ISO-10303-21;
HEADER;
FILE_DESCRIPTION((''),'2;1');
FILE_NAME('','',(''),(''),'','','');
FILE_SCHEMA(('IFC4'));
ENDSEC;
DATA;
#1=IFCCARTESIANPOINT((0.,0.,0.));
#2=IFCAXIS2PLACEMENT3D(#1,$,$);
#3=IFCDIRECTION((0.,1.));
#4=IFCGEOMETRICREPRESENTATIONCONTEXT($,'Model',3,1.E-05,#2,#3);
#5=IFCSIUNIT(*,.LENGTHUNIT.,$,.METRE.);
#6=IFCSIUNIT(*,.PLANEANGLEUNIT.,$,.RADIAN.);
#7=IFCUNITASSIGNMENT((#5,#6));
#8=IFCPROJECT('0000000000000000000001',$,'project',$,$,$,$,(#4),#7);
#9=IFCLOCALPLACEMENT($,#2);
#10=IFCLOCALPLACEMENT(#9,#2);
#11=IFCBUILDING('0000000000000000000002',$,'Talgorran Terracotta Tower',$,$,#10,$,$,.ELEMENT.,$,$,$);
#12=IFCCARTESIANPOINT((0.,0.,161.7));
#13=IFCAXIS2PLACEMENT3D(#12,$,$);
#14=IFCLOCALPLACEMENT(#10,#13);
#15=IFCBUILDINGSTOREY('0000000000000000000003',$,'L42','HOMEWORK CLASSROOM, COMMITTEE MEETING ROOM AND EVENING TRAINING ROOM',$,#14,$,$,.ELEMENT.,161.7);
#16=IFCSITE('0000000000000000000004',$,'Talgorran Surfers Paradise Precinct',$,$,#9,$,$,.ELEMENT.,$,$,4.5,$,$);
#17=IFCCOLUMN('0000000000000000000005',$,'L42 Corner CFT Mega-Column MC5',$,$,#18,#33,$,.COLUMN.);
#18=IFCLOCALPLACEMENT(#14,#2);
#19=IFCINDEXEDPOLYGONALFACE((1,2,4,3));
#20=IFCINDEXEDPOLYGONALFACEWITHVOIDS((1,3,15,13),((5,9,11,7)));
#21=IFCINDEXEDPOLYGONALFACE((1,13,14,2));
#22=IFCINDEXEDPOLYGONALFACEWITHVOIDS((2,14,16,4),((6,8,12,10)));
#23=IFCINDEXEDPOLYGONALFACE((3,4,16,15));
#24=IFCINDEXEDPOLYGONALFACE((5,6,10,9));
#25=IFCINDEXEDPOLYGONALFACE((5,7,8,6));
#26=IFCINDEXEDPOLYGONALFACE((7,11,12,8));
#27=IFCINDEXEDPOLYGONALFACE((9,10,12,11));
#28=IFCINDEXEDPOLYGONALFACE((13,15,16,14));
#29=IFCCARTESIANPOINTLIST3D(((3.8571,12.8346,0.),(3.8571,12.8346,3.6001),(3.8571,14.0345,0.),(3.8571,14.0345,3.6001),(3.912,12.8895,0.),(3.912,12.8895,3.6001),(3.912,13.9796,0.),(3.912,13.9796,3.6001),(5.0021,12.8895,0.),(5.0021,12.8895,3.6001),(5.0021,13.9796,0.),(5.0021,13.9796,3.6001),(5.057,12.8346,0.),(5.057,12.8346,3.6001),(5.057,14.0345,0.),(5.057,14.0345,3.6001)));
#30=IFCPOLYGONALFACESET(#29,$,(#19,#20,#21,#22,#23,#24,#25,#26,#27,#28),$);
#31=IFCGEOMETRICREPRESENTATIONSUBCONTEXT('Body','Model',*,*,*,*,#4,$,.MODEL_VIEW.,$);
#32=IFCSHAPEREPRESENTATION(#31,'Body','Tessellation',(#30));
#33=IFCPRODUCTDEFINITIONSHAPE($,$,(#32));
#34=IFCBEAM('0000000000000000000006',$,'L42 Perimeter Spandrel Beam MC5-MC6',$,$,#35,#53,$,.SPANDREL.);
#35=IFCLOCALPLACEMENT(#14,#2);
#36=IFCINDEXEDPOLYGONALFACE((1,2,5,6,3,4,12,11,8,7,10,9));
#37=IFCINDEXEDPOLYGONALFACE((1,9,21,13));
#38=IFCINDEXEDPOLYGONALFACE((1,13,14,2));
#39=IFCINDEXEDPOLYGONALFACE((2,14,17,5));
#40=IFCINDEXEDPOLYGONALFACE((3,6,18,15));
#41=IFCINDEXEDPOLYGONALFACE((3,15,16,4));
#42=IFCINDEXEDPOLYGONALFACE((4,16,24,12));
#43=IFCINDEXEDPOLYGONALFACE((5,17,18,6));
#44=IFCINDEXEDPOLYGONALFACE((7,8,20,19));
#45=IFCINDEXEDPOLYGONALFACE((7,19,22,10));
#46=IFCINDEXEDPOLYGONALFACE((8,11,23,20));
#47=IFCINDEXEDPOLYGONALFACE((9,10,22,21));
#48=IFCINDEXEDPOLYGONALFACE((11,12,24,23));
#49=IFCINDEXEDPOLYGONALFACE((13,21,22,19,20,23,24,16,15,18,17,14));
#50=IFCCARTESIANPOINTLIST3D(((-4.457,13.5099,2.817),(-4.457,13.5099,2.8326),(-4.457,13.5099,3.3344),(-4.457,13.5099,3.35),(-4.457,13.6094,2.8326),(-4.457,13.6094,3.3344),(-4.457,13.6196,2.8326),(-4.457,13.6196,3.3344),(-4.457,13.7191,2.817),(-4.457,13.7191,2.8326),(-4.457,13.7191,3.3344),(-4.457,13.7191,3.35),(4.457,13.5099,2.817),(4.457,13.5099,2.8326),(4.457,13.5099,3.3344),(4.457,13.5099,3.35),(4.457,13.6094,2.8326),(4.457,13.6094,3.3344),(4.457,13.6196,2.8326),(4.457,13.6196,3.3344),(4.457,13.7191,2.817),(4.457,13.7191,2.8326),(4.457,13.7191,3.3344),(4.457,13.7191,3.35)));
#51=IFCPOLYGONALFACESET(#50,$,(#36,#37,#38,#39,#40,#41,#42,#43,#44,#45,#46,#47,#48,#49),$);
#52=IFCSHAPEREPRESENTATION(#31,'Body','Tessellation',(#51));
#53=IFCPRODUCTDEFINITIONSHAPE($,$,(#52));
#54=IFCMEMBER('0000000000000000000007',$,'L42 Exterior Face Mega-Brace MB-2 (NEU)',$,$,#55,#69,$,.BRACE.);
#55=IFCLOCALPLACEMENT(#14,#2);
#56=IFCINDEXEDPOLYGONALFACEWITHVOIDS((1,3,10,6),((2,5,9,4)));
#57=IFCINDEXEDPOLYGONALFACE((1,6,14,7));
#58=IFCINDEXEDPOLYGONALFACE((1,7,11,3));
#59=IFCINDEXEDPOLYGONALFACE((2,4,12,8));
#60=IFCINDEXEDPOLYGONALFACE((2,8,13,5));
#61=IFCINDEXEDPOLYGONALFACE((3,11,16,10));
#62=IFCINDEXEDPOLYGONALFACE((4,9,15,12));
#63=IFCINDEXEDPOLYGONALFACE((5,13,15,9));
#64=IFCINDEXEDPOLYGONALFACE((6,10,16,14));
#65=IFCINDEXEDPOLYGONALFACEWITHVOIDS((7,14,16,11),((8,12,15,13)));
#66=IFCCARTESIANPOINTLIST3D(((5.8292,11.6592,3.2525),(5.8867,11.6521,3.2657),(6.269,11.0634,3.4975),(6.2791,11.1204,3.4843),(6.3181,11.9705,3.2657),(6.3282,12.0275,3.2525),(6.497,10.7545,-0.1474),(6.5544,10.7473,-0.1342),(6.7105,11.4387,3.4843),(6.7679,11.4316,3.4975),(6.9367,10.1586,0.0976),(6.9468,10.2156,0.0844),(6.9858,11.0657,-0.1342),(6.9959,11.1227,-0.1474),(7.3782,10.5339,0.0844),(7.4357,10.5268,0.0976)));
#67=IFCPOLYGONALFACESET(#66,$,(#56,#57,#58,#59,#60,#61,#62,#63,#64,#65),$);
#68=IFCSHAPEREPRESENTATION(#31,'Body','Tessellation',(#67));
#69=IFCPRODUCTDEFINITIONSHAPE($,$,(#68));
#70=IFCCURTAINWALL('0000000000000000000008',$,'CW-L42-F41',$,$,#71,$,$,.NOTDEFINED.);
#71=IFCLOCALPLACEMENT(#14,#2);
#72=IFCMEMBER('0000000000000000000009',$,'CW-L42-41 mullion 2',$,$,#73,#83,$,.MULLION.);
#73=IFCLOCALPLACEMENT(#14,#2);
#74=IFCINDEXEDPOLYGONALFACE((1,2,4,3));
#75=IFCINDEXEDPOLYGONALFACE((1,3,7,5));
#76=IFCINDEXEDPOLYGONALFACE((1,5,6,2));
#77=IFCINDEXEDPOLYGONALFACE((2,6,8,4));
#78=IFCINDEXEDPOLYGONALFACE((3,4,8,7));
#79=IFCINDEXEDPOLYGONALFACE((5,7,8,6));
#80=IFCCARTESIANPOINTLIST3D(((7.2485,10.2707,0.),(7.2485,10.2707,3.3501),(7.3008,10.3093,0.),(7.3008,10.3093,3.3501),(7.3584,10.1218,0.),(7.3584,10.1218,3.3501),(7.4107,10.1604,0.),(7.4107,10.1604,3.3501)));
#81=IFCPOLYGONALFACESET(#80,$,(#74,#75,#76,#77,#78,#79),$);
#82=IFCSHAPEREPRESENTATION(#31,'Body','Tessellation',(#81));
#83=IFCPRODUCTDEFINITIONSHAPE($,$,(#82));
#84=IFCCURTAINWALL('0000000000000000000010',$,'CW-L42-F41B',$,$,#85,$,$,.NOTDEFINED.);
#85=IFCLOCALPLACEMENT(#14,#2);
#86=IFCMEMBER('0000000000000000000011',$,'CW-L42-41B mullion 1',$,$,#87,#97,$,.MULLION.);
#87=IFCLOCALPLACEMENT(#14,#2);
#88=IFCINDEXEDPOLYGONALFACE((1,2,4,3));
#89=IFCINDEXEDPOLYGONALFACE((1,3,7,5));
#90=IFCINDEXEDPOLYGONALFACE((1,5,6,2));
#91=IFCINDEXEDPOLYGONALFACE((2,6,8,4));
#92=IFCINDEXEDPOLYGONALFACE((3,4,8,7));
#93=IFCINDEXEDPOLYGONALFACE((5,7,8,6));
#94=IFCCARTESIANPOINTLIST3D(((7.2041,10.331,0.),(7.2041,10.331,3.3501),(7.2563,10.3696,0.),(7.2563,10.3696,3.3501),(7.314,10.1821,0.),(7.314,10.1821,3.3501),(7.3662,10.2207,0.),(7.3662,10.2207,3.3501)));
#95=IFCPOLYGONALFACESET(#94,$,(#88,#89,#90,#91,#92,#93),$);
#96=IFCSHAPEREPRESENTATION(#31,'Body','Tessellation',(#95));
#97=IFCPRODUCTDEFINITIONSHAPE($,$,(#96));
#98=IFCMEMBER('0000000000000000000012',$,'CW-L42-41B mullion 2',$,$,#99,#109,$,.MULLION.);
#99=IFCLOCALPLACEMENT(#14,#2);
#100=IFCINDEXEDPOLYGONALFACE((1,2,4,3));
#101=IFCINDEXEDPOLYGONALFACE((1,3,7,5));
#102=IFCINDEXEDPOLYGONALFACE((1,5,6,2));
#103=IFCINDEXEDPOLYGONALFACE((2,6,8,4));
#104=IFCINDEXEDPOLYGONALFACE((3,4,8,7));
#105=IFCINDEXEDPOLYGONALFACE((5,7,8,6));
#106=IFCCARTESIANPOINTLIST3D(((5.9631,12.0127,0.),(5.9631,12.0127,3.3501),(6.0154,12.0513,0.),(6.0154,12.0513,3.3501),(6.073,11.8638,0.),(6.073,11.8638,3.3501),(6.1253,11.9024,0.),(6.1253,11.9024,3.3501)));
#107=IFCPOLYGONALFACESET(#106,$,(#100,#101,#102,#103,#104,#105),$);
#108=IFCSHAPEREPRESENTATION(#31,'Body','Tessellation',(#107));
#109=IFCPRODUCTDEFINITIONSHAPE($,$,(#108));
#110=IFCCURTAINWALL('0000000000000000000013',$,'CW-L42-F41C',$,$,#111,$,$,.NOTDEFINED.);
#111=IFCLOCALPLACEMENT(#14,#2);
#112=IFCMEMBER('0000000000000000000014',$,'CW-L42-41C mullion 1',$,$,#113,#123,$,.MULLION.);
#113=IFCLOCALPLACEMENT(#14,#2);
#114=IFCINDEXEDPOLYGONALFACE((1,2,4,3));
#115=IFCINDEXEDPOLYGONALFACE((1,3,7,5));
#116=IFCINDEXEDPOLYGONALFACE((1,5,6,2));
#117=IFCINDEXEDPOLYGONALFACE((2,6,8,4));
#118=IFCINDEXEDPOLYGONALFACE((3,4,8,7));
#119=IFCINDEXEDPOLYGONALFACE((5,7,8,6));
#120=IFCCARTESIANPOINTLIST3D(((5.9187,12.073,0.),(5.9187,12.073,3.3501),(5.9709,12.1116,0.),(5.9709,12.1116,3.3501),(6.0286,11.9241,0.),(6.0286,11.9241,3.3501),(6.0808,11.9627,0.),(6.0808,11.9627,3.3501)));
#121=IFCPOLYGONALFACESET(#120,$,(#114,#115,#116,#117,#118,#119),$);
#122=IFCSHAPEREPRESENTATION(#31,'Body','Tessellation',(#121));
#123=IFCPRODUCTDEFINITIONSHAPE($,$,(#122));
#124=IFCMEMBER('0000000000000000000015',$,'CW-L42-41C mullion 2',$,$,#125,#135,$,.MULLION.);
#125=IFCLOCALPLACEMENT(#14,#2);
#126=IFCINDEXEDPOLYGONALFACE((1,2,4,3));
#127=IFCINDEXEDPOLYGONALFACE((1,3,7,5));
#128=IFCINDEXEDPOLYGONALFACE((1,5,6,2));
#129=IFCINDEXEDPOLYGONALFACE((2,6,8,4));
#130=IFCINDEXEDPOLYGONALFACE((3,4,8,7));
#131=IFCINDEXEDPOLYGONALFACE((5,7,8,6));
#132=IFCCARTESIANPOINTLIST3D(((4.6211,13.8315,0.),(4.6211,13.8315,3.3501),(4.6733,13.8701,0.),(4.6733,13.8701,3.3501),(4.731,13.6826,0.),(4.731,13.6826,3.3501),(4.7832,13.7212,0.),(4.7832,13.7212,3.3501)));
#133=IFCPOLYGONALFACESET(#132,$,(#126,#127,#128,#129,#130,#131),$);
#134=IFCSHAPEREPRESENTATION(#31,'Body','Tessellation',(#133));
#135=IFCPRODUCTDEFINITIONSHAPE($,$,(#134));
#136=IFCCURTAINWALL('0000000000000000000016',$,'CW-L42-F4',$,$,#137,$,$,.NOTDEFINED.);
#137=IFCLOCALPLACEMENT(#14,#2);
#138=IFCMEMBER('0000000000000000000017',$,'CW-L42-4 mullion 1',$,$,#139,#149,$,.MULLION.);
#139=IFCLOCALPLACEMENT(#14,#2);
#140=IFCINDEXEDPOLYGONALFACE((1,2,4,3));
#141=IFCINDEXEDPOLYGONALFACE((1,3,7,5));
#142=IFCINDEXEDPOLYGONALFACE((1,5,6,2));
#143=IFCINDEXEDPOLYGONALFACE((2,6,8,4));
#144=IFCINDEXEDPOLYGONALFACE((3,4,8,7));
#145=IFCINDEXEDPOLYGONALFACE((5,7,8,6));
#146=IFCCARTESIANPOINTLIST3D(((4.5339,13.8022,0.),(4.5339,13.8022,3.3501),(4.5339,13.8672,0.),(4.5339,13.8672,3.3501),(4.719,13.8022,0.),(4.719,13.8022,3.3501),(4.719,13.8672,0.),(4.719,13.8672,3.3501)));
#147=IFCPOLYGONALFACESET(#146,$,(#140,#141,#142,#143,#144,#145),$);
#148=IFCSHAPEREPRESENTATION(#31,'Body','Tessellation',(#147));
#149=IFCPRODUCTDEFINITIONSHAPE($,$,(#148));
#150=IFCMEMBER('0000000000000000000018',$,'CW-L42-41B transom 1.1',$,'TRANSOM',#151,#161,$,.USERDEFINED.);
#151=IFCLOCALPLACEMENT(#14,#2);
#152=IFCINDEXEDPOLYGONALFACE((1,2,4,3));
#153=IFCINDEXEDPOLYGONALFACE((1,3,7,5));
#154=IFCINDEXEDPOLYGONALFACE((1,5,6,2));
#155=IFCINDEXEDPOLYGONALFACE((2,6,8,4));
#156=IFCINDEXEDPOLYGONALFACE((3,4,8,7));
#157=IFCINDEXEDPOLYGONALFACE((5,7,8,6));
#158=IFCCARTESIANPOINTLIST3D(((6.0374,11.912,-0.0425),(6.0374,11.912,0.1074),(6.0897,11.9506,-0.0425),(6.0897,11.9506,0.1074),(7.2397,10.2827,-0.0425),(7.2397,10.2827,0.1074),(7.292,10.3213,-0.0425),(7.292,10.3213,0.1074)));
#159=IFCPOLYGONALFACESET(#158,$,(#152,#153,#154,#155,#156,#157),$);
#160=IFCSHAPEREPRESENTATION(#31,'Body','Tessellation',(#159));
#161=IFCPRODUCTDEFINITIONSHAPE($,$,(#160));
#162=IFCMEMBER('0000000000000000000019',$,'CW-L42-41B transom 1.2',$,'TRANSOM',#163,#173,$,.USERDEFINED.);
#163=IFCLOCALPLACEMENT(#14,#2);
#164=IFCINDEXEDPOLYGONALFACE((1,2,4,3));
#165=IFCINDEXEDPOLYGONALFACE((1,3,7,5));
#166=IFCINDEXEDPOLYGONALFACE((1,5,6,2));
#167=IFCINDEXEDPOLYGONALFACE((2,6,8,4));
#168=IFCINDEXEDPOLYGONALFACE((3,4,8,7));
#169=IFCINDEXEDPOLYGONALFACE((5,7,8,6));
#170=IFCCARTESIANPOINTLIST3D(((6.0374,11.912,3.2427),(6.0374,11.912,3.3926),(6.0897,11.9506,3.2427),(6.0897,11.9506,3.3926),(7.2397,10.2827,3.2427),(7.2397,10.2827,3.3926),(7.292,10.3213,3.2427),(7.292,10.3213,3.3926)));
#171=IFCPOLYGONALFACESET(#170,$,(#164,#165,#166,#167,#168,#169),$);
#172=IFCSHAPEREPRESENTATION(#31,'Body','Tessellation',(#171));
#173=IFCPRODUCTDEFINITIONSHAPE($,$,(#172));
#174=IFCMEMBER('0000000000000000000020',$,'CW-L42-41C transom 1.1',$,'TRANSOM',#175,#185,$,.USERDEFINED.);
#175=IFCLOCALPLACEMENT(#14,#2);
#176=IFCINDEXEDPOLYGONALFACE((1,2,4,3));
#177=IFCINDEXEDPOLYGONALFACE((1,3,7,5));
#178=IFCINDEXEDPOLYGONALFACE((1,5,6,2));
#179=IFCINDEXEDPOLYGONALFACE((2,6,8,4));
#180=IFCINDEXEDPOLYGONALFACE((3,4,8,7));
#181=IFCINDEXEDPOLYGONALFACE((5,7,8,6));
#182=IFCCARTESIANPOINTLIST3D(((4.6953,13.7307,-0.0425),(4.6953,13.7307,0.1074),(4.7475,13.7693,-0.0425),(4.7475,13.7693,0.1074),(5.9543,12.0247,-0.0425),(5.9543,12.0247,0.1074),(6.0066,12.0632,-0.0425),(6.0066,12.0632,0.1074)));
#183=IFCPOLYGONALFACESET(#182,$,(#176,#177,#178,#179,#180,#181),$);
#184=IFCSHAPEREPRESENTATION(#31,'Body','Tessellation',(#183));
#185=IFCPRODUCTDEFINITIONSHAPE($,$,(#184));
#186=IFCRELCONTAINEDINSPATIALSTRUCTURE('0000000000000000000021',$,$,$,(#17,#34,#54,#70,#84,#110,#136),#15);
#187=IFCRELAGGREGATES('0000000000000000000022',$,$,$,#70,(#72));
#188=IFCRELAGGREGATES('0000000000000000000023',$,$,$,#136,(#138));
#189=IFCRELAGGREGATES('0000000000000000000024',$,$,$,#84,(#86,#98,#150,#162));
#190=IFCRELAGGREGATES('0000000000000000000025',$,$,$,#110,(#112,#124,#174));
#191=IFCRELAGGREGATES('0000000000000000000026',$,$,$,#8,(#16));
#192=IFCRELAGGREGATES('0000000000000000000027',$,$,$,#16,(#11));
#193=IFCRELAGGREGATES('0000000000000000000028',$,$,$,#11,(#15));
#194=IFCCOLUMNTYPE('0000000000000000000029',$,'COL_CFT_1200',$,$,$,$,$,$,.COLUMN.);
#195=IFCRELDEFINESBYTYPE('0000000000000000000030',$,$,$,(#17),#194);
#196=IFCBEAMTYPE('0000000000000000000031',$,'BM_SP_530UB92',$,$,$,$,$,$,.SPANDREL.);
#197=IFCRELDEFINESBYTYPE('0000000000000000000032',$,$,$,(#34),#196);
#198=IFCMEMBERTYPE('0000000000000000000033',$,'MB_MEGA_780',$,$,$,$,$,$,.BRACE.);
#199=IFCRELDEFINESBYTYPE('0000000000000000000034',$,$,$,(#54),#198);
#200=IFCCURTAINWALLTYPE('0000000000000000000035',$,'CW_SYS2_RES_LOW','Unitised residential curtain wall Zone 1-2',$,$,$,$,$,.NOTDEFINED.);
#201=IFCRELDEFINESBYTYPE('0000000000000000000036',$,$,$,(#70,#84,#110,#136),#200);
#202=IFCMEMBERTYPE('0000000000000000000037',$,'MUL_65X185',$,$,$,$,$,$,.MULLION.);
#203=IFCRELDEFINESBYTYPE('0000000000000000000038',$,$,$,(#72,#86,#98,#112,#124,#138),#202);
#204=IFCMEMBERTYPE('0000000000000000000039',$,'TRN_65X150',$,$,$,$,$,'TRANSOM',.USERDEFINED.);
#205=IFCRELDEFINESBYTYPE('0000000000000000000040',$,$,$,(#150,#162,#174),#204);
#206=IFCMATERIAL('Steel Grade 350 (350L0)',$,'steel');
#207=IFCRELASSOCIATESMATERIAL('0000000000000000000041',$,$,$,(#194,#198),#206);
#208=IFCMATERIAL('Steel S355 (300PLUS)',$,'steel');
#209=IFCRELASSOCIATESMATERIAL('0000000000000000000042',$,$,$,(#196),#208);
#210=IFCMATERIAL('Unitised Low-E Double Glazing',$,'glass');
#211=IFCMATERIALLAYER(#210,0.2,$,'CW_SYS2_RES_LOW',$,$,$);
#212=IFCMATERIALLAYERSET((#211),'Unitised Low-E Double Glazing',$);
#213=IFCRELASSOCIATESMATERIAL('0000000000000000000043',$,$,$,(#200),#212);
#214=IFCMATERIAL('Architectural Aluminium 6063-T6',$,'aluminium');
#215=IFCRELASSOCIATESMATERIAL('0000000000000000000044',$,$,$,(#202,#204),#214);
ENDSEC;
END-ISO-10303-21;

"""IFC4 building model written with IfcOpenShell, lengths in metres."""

from ifc_helpers import new_model, si_unit, direction, frame, origin, origin_2d, place, context, subcontext, project, spatial, rectangle, hollow_rectangle, i_section, extrude, material, layer, layer_set, material_profile, profile_set, type_object, element, aggregate, save


model = new_model("IFC4")

# Units and contexts
model_context = context("Model", 3, precision=1e-05, world=origin(), true_north=direction((0.0, 1.0)))
body_context = subcontext(model_context, "Body", "Model", "MODEL_VIEW")
ifc_project = project(units=[si_unit("LENGTHUNIT", "METRE"), si_unit("PLANEANGLEUNIT", "RADIAN")], contexts=[model_context])

# Site, building, storey
site_placement = place(None, origin())
site = spatial("IfcSite", under=ifc_project, at=site_placement, Name="Talgorran Surfers Paradise Precinct", CompositionType="ELEMENT", RefElevation=4.5)
building_placement = place(site_placement, origin())
building = spatial("IfcBuilding", under=site, at=building_placement, Name="Talgorran Terracotta Tower", CompositionType="ELEMENT")
storey_placement = place(building_placement, frame((0.0, 0.0, 161.7)))
storey = spatial("IfcBuildingStorey", under=building, at=storey_placement, Name="L42", Description="HOMEWORK CLASSROOM, COMMITTEE MEETING ROOM AND EVENING TRAINING ROOM", CompositionType="ELEMENT", Elevation=161.7)

# Column
ifc_material_1 = material(Name="Steel Grade 350 (350L0)", Category="steel")
ifc_material_profile_1 = material_profile(ifc_material_1, hollow_rectangle(XDim=1.2, YDim=1.2, WallThickness=0.0549, at=origin_2d()), Name="CFT1200X1200X55")
ifc_profile_set_1 = profile_set([ifc_material_profile_1], Name="Steel Grade 350 (350L0)")
column_type = type_object("IfcColumnType", Name="COL_CFT_1200", PredefinedType="COLUMN", material=ifc_profile_set_1)
column_placement = place(storey_placement, frame((4.457, 13.4346, 0.0), z_axis=(0.0, 0.0, 1.0), x_axis=(1.0, 0.0, 0.0)))
element("IfcColumn", 1, at=column_placement, inside=storey, type_object=column_type, Name="L42 Corner CFT Mega-Column MC5", PredefinedType="COLUMN", context=body_context, shape_type="SweptSolid", body=[
    extrude(hollow_rectangle(XDim=1.2, YDim=1.2, WallThickness=0.0549, at=origin_2d()), origin(), (0.0, 0.0, 1.0), 3.6001),
])

# Beam
ifc_material_2 = material(Name="Steel S355 (300PLUS)", Category="steel")
ifc_material_profile_2 = material_profile(ifc_material_2, i_section(OverallWidth=0.2092, OverallDepth=0.533, WebThickness=0.0103, FlangeThickness=0.0156, at=origin_2d()), Name="530UB92.4")
ifc_profile_set_2 = profile_set([ifc_material_profile_2], Name="Steel S355 (300PLUS)")
beam_type = type_object("IfcBeamType", Name="BM_SP_530UB92", PredefinedType="SPANDREL", material=ifc_profile_set_2)
beam_placement = place(storey_placement, frame((4.457, 13.6145, 3.0835), z_axis=(-1.0, 0.0, 0.0), x_axis=(0.0, -1.0, 0.0)))
element("IfcBeam", 2, at=beam_placement, inside=storey, type_object=beam_type, Name="L42 Perimeter Spandrel Beam MC5-MC6", PredefinedType="SPANDREL", context=body_context, shape_type="SweptSolid", body=[
    extrude(i_section(OverallWidth=0.2092, OverallDepth=0.533, WebThickness=0.0103, FlangeThickness=0.0156, at=origin_2d()), origin(), (0.0, 0.0, 1.0), 8.9141),
])

# Member
ifc_material_profile_3 = material_profile(ifc_material_1, hollow_rectangle(XDim=0.6201, YDim=0.78, WallThickness=0.042, at=origin_2d()), Name="WBOX780X620X42")
ifc_profile_set_3 = profile_set([ifc_material_profile_3], Name="Steel Grade 350 (350L0)")
member_type_1 = type_object("IfcMemberType", Name="MB_MEGA_780", PredefinedType="BRACE", material=ifc_profile_set_3)
member_1_placement = place(storey_placement, frame((6.9663, 10.6406, -0.0249), z_axis=(-0.186461, 0.25266, 0.949418), x_axis=(-0.804614, -0.593799, 0.0)))
element("IfcMember", 3, at=member_1_placement, inside=storey, type_object=member_type_1, Name="L42 Exterior Face Mega-Brace MB-2 (NEU)", PredefinedType="BRACE", context=body_context, shape_type="SweptSolid", body=[
    extrude(hollow_rectangle(XDim=0.6201, YDim=0.78, WallThickness=0.042, at=origin_2d()), origin(), (0.0, 0.0, 1.0), 3.5811),
])

# Curtain wall, member
ifc_material_3 = material(Name="Unitised Low-E Double Glazing", Category="glass")
ifc_layer_1 = layer(ifc_material_3, 0.2, Name="CW_SYS2_RES_LOW")
ifc_layer_set_1 = layer_set([ifc_layer_1], Name="Unitised Low-E Double Glazing")
curtain_wall_type = type_object("IfcCurtainWallType", Name="CW_SYS2_RES_LOW", Description="Unitised residential curtain wall Zone 1-2", PredefinedType="NOTDEFINED", material=ifc_layer_set_1)
curtain_wall_1_placement = place(storey_placement, origin())
curtain_wall_1 = element("IfcCurtainWall", 4, at=curtain_wall_1_placement, inside=storey, type_object=curtain_wall_type, Name="CW-L42-F41", PredefinedType="NOTDEFINED")
ifc_material_4 = material(Name="Architectural Aluminium 6063-T6", Category="aluminium")
ifc_material_profile_4 = material_profile(ifc_material_4, rectangle(XDim=0.0649, YDim=0.1851, at=origin_2d()), Name="CWM65X185")
ifc_profile_set_4 = profile_set([ifc_material_profile_4], Name="Architectural Aluminium 6063-T6")
member_type_2 = type_object("IfcMemberType", Name="MUL_65X185", PredefinedType="MULLION", material=ifc_profile_set_4)
member_2_placement = place(storey_placement, frame((7.3296, 10.2156, 0.0), z_axis=(0.0, 0.0, 1.0), x_axis=(-0.804624, -0.593785, 0.0)))
member_2 = element("IfcMember", 5, at=member_2_placement, type_object=member_type_2, Name="CW-L42-41 mullion 2", PredefinedType="MULLION", context=body_context, shape_type="SweptSolid", body=[
    extrude(rectangle(XDim=0.0649, YDim=0.1851, at=origin_2d()), origin(), (0.0, 0.0, 1.0), 3.3501),
])
aggregate(curtain_wall_1, [member_2])

# Curtain walls, members
curtain_wall_2_placement = place(storey_placement, origin())
curtain_wall_2 = element("IfcCurtainWall", 6, at=curtain_wall_2_placement, inside=storey, type_object=curtain_wall_type, Name="CW-L42-F41B", PredefinedType="NOTDEFINED")
member_3_placement = place(storey_placement, frame((7.2852, 10.2759, 0.0), z_axis=(0.0, 0.0, 1.0), x_axis=(-0.804615, -0.593797, 0.0)))
member_3 = element("IfcMember", 7, at=member_3_placement, type_object=member_type_2, Name="CW-L42-41B mullion 1", PredefinedType="MULLION", context=body_context, shape_type="SweptSolid", body=[
    extrude(rectangle(XDim=0.0649, YDim=0.1851, at=origin_2d()), origin(), (0.0, 0.0, 1.0), 3.3501),
])
member_4_placement = place(storey_placement, frame((6.0442, 11.9575, 0.0), z_axis=(0.0, 0.0, 1.0), x_axis=(-0.804615, -0.593797, 0.0)))
member_4 = element("IfcMember", 8, at=member_4_placement, type_object=member_type_2, Name="CW-L42-41B mullion 2", PredefinedType="MULLION", context=body_context, shape_type="SweptSolid", body=[
    extrude(rectangle(XDim=0.0649, YDim=0.1851, at=origin_2d()), origin(), (0.0, 0.0, 1.0), 3.3501),
])
curtain_wall_3_placement = place(storey_placement, origin())
curtain_wall_3 = element("IfcCurtainWall", 9, at=curtain_wall_3_placement, inside=storey, type_object=curtain_wall_type, Name="CW-L42-F41C", PredefinedType="NOTDEFINED")
member_5_placement = place(storey_placement, frame((5.9998, 12.0178, 0.0), z_axis=(0.0, 0.0, 1.0), x_axis=(-0.804631, -0.593775, 0.0)))
member_5 = element("IfcMember", 10, at=member_5_placement, type_object=member_type_2, Name="CW-L42-41C mullion 1", PredefinedType="MULLION", context=body_context, shape_type="SweptSolid", body=[
    extrude(rectangle(XDim=0.0649, YDim=0.1851, at=origin_2d()), origin(), (0.0, 0.0, 1.0), 3.3501),
])
member_6_placement = place(storey_placement, frame((4.7021, 13.7764, 0.0), z_axis=(0.0, 0.0, 1.0), x_axis=(-0.804631, -0.593775, 0.0)))
member_6 = element("IfcMember", 11, at=member_6_placement, type_object=member_type_2, Name="CW-L42-41C mullion 2", PredefinedType="MULLION", context=body_context, shape_type="SweptSolid", body=[
    extrude(rectangle(XDim=0.0649, YDim=0.1851, at=origin_2d()), origin(), (0.0, 0.0, 1.0), 3.3501),
])

# Curtain wall, member
curtain_wall_4_placement = place(storey_placement, origin())
curtain_wall_4 = element("IfcCurtainWall", 12, at=curtain_wall_4_placement, inside=storey, type_object=curtain_wall_type, Name="CW-L42-F4", PredefinedType="NOTDEFINED")
member_7_placement = place(storey_placement, frame((4.6265, 13.8347, 0.0), z_axis=(0.0, 0.0, 1.0), x_axis=(0.0, -1.0, 0.0)))
member_7 = element("IfcMember", 13, at=member_7_placement, type_object=member_type_2, Name="CW-L42-4 mullion 1", PredefinedType="MULLION", context=body_context, shape_type="SweptSolid", body=[
    extrude(rectangle(XDim=0.0649, YDim=0.1851, at=origin_2d()), origin(), (0.0, 0.0, 1.0), 3.3501),
])

# Members
ifc_material_profile_5 = material_profile(ifc_material_4, rectangle(XDim=0.0649, YDim=0.1499, at=origin_2d()), Name="CWT65X150")
ifc_profile_set_5 = profile_set([ifc_material_profile_5], Name="Architectural Aluminium 6063-T6")
member_type_3 = type_object("IfcMemberType", Name="TRN_65X150", ElementType="TRANSOM", PredefinedType="USERDEFINED", material=ifc_profile_set_5)
member_8_placement = place(storey_placement, frame((7.2659, 10.302, 0.0325), z_axis=(-0.593771, 0.804634, 0.0), x_axis=(-0.804634, -0.593771, 0.0)))
member_8 = element("IfcMember", 14, at=member_8_placement, type_object=member_type_3, Name="CW-L42-41B transom 1.1", ObjectType="TRANSOM", PredefinedType="USERDEFINED", context=body_context, shape_type="SweptSolid", body=[
    extrude(rectangle(XDim=0.0649, YDim=0.1499, at=origin_2d()), origin(), (0.0, 0.0, 1.0), 2.0249),
])
member_9_placement = place(storey_placement, frame((7.2659, 10.302, 3.3176), z_axis=(-0.593771, 0.804634, 0.0), x_axis=(-0.804634, -0.593771, 0.0)))
member_9 = element("IfcMember", 15, at=member_9_placement, type_object=member_type_3, Name="CW-L42-41B transom 1.2", ObjectType="TRANSOM", PredefinedType="USERDEFINED", context=body_context, shape_type="SweptSolid", body=[
    extrude(rectangle(XDim=0.0649, YDim=0.1499, at=origin_2d()), origin(), (0.0, 0.0, 1.0), 2.0249),
])
member_10_placement = place(storey_placement, frame((5.9805, 12.0439, 0.0325), z_axis=(-0.593792, 0.804619, 0.0), x_axis=(-0.804619, -0.593792, 0.0)))
member_10 = element("IfcMember", 16, at=member_10_placement, type_object=member_type_3, Name="CW-L42-41C transom 1.1", ObjectType="TRANSOM", PredefinedType="USERDEFINED", context=body_context, shape_type="SweptSolid", body=[
    extrude(rectangle(XDim=0.0649, YDim=0.1499, at=origin_2d()), origin(), (0.0, 0.0, 1.0), 2.1204),
])
aggregate(curtain_wall_4, [member_7])

aggregate(curtain_wall_2, [member_3, member_4, member_8, member_9])
aggregate(curtain_wall_3, [member_5, member_6, member_10])

save(model, "model.ifc")
